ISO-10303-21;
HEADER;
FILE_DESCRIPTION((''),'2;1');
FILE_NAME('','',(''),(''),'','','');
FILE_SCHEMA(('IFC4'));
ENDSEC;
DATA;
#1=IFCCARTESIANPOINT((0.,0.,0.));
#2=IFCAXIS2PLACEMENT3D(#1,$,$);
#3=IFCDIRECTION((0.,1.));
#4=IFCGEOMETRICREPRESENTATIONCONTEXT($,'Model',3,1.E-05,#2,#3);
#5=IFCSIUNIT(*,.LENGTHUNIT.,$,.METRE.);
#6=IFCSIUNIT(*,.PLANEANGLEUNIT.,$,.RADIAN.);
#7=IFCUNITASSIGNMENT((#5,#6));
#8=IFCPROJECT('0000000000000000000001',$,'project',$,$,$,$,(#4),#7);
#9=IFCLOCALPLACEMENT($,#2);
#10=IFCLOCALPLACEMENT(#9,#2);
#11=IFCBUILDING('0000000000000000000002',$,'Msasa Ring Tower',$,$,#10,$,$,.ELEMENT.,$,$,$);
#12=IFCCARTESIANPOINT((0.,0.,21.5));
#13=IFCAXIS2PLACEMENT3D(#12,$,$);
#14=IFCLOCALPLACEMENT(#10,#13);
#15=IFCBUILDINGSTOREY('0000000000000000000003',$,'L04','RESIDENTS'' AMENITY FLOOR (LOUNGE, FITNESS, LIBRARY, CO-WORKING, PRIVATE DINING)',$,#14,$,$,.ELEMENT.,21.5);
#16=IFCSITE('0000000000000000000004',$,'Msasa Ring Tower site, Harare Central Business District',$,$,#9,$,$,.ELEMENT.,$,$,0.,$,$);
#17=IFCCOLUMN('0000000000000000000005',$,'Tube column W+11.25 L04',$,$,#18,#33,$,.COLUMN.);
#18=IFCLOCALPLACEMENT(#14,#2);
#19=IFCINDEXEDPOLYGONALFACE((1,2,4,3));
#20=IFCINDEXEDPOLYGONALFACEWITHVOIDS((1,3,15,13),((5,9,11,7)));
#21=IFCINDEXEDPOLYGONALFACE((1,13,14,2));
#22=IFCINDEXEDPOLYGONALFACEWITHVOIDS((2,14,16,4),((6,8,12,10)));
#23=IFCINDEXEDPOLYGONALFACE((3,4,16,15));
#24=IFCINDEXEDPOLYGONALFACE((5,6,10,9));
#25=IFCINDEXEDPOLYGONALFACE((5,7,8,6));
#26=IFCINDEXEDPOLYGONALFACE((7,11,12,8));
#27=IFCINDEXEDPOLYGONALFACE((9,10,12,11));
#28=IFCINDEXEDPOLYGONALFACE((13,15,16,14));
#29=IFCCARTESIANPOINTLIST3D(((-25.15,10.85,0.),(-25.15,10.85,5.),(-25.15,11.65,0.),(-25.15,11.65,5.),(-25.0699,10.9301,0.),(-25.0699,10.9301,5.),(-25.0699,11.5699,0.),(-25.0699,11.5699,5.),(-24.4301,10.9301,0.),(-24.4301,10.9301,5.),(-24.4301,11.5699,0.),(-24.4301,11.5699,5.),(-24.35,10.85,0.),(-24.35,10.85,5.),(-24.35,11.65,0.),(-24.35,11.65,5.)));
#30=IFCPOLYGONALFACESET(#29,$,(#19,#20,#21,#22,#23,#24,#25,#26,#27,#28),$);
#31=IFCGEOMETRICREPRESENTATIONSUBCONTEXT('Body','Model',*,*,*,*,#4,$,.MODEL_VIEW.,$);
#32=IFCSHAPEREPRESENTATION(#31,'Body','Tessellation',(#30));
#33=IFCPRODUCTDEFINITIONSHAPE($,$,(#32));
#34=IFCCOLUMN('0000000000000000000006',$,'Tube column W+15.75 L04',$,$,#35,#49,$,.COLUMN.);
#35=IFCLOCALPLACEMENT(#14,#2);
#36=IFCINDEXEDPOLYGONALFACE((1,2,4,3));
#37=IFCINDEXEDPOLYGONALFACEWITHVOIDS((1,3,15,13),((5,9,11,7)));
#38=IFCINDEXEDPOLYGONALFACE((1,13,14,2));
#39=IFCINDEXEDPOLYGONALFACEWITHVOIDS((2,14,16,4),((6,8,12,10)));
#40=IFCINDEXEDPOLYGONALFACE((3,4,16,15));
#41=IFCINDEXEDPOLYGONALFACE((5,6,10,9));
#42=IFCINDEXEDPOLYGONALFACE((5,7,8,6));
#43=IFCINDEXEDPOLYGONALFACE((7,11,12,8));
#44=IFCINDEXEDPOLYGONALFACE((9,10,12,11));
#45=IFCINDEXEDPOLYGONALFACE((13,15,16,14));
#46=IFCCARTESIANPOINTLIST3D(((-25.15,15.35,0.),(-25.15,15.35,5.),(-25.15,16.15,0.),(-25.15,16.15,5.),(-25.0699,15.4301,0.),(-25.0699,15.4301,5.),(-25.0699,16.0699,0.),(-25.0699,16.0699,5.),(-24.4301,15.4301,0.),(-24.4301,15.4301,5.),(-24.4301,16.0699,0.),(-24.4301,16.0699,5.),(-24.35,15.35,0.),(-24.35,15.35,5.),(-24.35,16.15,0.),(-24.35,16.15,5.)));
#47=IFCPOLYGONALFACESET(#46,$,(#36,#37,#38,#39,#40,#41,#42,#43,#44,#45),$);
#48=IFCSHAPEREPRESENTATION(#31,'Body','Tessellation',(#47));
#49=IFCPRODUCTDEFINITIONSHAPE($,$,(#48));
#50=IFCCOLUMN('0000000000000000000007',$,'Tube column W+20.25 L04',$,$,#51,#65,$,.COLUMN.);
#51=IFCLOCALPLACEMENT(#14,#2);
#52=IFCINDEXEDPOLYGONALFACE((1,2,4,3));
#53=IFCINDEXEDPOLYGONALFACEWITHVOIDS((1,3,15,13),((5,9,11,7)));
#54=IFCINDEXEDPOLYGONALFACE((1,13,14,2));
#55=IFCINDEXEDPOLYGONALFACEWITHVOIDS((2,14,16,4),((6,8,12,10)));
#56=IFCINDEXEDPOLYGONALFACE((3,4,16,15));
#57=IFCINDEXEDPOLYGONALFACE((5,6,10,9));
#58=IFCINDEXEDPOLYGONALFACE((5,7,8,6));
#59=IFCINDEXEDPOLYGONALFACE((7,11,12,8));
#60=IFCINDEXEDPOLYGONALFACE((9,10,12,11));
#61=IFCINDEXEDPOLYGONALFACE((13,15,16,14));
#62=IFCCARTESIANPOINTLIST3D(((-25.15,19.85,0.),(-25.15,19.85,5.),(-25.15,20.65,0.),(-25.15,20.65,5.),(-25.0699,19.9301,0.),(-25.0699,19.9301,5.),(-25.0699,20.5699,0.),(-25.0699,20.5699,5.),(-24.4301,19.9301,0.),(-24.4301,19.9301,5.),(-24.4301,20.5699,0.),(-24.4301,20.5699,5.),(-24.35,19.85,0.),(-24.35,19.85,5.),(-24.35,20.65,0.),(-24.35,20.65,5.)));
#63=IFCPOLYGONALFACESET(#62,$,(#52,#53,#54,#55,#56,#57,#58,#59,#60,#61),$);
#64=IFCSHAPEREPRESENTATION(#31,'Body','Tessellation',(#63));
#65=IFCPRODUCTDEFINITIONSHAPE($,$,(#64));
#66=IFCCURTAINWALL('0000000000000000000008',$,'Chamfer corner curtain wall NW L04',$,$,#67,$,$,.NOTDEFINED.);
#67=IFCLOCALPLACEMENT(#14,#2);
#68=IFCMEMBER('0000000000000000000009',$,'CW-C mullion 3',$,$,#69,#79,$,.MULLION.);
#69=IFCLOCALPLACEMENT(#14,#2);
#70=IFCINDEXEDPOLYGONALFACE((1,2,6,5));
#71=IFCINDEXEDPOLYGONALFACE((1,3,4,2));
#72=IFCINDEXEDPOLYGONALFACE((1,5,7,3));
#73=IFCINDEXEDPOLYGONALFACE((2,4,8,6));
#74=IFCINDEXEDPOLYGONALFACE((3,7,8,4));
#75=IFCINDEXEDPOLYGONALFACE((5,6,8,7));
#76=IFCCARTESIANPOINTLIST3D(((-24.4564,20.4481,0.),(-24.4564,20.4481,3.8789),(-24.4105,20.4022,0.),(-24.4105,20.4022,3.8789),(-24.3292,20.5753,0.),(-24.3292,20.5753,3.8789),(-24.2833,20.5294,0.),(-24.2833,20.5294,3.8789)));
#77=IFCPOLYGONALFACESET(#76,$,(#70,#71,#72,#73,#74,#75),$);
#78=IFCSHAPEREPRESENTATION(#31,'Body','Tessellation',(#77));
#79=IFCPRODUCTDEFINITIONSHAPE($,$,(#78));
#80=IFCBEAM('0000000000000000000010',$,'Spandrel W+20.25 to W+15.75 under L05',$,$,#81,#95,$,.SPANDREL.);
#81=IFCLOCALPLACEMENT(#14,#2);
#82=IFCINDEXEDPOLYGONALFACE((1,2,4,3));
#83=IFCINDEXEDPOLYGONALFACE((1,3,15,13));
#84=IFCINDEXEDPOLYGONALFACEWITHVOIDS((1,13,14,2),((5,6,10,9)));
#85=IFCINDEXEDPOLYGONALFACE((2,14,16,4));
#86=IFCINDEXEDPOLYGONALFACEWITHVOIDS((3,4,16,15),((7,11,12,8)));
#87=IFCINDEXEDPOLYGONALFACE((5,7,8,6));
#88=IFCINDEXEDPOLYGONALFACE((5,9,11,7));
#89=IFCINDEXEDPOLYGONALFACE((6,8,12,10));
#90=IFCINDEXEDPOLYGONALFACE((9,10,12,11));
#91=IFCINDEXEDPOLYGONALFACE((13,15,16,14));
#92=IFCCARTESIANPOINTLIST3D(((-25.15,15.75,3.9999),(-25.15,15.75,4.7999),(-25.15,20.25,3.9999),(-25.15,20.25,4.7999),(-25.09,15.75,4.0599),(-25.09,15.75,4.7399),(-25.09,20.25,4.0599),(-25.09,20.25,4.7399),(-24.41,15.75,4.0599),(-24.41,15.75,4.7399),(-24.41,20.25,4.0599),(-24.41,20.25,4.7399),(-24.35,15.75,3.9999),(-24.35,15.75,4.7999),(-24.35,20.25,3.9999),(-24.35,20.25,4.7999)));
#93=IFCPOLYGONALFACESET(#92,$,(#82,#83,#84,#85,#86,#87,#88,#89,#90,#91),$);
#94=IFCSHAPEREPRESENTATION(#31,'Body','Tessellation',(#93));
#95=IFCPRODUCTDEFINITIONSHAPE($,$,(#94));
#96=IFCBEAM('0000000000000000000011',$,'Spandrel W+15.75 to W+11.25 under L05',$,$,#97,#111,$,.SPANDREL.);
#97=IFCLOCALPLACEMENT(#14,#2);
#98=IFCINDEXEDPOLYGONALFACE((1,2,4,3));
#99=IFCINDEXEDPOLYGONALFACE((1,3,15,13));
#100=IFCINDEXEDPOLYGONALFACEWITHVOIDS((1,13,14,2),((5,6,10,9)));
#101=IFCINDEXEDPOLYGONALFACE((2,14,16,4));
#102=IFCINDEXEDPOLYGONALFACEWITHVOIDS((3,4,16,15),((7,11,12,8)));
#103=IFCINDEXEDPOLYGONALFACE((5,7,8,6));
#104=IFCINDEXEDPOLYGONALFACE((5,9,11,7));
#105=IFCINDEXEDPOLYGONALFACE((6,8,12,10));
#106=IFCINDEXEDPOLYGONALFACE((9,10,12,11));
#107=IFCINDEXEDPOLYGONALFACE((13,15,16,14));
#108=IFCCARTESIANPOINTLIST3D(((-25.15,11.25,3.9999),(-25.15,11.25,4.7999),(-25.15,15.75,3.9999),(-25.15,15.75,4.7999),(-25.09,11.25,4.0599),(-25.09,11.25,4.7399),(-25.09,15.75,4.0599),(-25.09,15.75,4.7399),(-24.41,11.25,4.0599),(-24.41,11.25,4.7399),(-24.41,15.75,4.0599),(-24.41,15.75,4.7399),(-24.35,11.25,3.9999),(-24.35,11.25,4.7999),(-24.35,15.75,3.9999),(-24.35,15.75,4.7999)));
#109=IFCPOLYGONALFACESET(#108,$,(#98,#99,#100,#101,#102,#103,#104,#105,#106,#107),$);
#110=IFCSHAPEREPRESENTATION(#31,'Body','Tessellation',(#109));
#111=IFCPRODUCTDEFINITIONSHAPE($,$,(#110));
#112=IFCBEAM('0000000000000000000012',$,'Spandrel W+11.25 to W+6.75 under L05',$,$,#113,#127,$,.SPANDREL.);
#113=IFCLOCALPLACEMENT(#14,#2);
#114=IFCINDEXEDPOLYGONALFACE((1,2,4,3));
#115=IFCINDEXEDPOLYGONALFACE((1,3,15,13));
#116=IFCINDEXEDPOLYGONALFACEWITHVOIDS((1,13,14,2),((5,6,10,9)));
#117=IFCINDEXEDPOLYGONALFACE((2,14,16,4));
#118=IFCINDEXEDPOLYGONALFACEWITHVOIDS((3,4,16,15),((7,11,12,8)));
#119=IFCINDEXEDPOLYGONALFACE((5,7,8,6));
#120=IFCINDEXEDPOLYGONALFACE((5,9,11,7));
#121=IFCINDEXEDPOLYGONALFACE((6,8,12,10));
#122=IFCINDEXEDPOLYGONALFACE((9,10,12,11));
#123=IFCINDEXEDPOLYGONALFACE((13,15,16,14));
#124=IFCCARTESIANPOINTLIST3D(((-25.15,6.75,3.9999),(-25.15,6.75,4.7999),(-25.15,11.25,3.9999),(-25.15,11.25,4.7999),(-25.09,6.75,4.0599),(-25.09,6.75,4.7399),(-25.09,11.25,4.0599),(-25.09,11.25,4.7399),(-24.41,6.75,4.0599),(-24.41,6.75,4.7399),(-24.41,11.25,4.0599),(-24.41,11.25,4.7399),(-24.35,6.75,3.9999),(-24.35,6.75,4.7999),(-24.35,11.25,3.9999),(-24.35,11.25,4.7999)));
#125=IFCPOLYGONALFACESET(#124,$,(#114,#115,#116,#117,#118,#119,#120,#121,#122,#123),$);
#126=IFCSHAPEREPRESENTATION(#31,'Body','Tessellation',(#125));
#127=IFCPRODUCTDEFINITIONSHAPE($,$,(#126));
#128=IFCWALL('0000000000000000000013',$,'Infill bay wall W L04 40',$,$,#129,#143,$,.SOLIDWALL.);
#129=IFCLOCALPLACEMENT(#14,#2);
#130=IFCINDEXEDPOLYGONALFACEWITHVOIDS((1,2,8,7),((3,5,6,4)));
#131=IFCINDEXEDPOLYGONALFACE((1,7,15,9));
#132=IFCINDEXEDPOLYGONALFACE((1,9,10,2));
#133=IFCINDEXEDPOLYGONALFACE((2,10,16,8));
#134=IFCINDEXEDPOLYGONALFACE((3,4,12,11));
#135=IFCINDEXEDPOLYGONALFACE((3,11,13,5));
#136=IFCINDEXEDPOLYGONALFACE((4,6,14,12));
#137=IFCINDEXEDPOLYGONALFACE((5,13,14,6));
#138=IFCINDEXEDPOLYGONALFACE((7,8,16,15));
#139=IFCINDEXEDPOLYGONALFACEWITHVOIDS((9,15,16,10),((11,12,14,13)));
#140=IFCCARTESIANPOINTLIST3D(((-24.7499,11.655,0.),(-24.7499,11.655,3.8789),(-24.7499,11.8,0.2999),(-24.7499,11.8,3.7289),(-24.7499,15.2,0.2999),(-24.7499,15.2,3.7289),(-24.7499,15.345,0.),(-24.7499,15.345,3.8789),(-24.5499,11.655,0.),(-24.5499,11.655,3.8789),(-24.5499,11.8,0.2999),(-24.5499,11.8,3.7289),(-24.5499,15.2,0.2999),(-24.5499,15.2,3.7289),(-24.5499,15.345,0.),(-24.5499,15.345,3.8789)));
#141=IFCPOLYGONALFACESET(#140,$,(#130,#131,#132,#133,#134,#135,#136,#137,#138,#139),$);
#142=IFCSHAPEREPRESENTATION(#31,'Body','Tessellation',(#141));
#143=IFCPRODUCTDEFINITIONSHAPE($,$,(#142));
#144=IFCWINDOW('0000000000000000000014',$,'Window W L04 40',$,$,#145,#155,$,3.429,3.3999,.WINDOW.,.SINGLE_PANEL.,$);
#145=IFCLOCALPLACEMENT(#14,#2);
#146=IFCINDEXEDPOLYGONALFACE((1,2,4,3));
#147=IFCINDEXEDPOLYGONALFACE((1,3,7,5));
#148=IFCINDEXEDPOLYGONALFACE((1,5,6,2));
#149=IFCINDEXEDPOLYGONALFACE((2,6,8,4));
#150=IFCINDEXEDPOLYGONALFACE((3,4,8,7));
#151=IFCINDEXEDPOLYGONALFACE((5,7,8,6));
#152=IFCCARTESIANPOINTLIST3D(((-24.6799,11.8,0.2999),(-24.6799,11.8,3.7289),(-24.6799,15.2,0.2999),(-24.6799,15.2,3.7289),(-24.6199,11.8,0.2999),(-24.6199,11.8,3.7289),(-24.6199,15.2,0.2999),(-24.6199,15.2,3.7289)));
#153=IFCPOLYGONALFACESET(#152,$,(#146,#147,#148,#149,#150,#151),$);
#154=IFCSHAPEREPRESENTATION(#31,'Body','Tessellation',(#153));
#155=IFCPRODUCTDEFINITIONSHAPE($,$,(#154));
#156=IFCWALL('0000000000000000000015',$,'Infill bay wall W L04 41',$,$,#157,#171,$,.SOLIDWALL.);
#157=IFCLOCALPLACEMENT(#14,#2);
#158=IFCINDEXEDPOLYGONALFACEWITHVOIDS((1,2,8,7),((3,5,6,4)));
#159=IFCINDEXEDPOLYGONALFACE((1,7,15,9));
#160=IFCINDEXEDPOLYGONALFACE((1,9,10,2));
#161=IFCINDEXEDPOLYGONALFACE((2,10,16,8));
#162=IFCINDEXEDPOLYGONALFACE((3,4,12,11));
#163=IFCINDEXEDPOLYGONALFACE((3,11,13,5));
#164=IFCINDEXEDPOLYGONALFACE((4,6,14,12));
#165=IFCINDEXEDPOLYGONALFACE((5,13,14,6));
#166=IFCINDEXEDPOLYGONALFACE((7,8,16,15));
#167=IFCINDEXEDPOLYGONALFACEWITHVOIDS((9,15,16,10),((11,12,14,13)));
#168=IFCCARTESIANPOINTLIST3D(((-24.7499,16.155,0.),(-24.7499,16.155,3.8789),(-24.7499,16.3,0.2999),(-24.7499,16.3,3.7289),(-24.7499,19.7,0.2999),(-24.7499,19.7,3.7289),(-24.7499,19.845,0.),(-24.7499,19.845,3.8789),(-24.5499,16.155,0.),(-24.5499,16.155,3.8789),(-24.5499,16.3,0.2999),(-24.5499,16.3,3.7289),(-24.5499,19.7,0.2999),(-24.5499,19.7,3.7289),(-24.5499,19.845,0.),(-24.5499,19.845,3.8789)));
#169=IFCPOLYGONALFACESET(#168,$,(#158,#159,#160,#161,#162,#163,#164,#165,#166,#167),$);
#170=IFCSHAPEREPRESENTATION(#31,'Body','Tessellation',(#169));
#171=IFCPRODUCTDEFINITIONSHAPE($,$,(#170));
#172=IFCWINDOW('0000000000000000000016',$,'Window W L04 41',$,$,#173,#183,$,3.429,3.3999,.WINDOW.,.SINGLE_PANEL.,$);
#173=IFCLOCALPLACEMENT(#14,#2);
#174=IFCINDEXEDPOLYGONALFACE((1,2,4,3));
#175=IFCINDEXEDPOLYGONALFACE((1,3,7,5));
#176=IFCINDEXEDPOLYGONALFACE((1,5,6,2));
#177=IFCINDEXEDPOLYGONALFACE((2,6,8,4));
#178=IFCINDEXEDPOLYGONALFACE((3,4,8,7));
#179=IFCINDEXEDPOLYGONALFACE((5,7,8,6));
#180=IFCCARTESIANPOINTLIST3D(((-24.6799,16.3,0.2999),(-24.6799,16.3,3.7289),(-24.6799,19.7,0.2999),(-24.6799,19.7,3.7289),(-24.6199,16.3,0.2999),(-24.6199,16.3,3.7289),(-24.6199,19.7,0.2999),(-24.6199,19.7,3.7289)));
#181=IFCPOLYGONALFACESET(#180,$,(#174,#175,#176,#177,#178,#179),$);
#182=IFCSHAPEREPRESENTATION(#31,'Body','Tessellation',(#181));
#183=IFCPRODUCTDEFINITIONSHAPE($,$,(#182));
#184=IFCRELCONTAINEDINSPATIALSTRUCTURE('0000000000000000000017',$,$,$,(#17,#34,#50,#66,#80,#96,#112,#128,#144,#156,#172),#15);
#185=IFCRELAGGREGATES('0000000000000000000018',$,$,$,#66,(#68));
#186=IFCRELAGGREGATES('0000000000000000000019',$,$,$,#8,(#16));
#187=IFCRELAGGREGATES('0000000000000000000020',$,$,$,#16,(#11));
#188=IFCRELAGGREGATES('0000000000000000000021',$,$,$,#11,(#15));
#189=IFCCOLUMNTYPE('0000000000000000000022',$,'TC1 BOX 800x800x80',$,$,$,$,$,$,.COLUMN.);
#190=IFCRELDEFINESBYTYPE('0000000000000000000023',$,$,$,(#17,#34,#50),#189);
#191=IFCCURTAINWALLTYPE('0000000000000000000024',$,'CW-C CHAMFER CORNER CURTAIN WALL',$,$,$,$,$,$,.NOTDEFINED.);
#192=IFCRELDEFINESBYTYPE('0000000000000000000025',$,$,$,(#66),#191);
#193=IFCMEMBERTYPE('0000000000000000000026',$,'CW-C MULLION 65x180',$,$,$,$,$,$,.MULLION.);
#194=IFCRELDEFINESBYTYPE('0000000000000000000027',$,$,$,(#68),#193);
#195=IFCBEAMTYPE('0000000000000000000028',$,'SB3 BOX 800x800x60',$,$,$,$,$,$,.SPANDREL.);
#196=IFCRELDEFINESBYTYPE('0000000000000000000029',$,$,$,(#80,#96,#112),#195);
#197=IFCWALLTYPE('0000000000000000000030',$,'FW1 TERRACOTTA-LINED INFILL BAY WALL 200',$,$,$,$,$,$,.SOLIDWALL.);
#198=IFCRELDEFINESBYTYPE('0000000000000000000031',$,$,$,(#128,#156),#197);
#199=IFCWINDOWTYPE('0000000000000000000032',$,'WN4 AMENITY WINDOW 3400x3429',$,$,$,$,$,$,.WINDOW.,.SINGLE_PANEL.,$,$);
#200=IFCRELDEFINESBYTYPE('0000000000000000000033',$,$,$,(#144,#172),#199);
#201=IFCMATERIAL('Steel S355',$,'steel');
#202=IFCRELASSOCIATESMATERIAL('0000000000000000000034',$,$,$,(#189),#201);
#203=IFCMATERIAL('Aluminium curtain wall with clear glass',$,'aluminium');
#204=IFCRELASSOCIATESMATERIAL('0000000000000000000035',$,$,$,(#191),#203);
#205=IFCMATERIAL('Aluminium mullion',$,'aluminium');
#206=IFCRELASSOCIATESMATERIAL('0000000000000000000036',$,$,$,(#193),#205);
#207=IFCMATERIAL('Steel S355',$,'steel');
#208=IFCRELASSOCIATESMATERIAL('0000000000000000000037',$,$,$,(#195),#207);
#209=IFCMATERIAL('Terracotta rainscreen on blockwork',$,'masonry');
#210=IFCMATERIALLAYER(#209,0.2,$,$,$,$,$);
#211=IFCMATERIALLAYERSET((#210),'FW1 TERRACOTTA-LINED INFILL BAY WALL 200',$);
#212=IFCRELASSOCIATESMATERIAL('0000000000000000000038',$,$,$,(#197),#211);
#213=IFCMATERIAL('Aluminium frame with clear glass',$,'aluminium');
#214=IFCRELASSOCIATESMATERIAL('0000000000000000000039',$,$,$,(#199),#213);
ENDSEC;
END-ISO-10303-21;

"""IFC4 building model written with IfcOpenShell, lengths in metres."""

from ifc_helpers import new_model, si_unit, direction, frame, frame_2d, origin, origin_2d, place, context, subcontext, project, spatial, rectangle, hollow_rectangle, extrude, material, layer, layer_set, material_profile, profile_set, type_object, element, fill, aggregate, save


model = new_model("IFC4")

# Units and contexts
model_context = context("Model", 3, precision=1e-05, world=origin(), true_north=direction((0.0, 1.0)))
body_context = subcontext(model_context, "Body", "Model", "MODEL_VIEW")
ifc_project = project(units=[si_unit("LENGTHUNIT", "METRE"), si_unit("PLANEANGLEUNIT", "RADIAN")], contexts=[model_context])

# Site, building, storey
site_placement = place(None, origin())
site = spatial("IfcSite", under=ifc_project, at=site_placement, Name="Msasa Ring Tower site, Harare Central Business District", CompositionType="ELEMENT", RefElevation=0.0)
building_placement = place(site_placement, origin())
building = spatial("IfcBuilding", under=site, at=building_placement, Name="Msasa Ring Tower", CompositionType="ELEMENT")
storey_placement = place(building_placement, frame((0.0, 0.0, 21.5)))
storey = spatial("IfcBuildingStorey", under=building, at=storey_placement, Name="L04", Description="RESIDENTS' AMENITY FLOOR (LOUNGE, FITNESS, LIBRARY, CO-WORKING, PRIVATE DINING)", CompositionType="ELEMENT", Elevation=21.5)

# Columns
ifc_material_1 = material(Name="Steel S355", Category="steel")
ifc_material_profile_1 = material_profile(ifc_material_1, hollow_rectangle(XDim=0.8, YDim=0.8, WallThickness=0.0801, at=origin_2d()), Name="BOX 800x800x80")
ifc_profile_set_1 = profile_set([ifc_material_profile_1], Name="Steel S355")
column_type = type_object("IfcColumnType", Name="TC1 BOX 800x800x80", PredefinedType="COLUMN", material=ifc_profile_set_1)
for number, where, z_axis, x_axis, name in (
    (1, (-24.75, 11.25, 0.0), (0.0, 0.0, 1.0), (1.0, 0.0, 0.0), "Tube column W+11.25 L04"),
    (2, (-24.75, 15.75, 0.0), (0.0, 0.0, 1.0), (1.0, 0.0, 0.0), "Tube column W+15.75 L04"),
    (3, (-24.75, 20.25, 0.0), (0.0, 0.0, 1.0), (1.0, 0.0, 0.0), "Tube column W+20.25 L04"),
):
    element("IfcColumn", number, at=place(storey_placement, frame(where, z_axis=z_axis, x_axis=x_axis)), inside=storey, type_object=column_type, Name=name, PredefinedType="COLUMN", context=body_context, shape_type="SweptSolid", body=[
        extrude(hollow_rectangle(XDim=0.8, YDim=0.8, WallThickness=0.0801, at=origin_2d()), origin(), (0.0, 0.0, 1.0), 5.0),
    ])

# Curtain wall, member
ifc_material_2 = material(Name="Aluminium curtain wall with clear glass", Category="aluminium")
curtain_wall_type = type_object("IfcCurtainWallType", Name="CW-C CHAMFER CORNER CURTAIN WALL", PredefinedType="NOTDEFINED", material=ifc_material_2)
curtain_wall_placement = place(storey_placement, origin())
curtain_wall = element("IfcCurtainWall", 4, at=curtain_wall_placement, inside=storey, type_object=curtain_wall_type, Name="Chamfer corner curtain wall NW L04", PredefinedType="NOTDEFINED")
ifc_material_3 = material(Name="Aluminium mullion", Category="aluminium")
ifc_material_profile_2 = material_profile(ifc_material_3, rectangle(XDim=0.0649, YDim=0.1799, at=origin_2d()), Name="AL 65x180")
ifc_profile_set_2 = profile_set([ifc_material_profile_2], Name="Aluminium mullion")
member_type = type_object("IfcMemberType", Name="CW-C MULLION 65x180", PredefinedType="MULLION", material=ifc_profile_set_2)
member_placement = place(storey_placement, frame((-24.3699, 20.4888, 0.0), z_axis=(0.0, 0.0, 1.0), x_axis=(0.707107, -0.707107, 0.0)))
member = element("IfcMember", 5, at=member_placement, type_object=member_type, Name="CW-C mullion 3", PredefinedType="MULLION", context=body_context, shape_type="SweptSolid", body=[
    extrude(rectangle(XDim=0.0649, YDim=0.1799, at=origin_2d()), origin(), (0.0, 0.0, 1.0), 3.8789),
])
aggregate(curtain_wall, [member])

# Beams
ifc_material_4 = material(Name="Steel S355", Category="steel")
ifc_material_profile_3 = material_profile(ifc_material_4, hollow_rectangle(XDim=0.8, YDim=0.8, WallThickness=0.0601, at=origin_2d()), Name="BOX 800x800x60")
ifc_profile_set_3 = profile_set([ifc_material_profile_3], Name="Steel S355")
beam_type = type_object("IfcBeamType", Name="SB3 BOX 800x800x60", PredefinedType="SPANDREL", material=ifc_profile_set_3)
for number, where, z_axis, x_axis, name in (
    (6, (-24.75, 20.25, 4.3999), (0.0, -1.0, 0.0), (1.0, 0.0, 0.0), "Spandrel W+20.25 to W+15.75 under L05"),
    (7, (-24.75, 15.75, 4.3999), (0.0, -1.0, 0.0), (1.0, 0.0, 0.0), "Spandrel W+15.75 to W+11.25 under L05"),
    (8, (-24.75, 11.25, 4.3999), (0.0, -1.0, 0.0), (1.0, 0.0, 0.0), "Spandrel W+11.25 to W+6.75 under L05"),
):
    element("IfcBeam", number, at=place(storey_placement, frame(where, z_axis=z_axis, x_axis=x_axis)), inside=storey, type_object=beam_type, Name=name, PredefinedType="SPANDREL", context=body_context, shape_type="SweptSolid", body=[
        extrude(hollow_rectangle(XDim=0.8, YDim=0.8, WallThickness=0.0601, at=origin_2d()), origin(), (0.0, 0.0, 1.0), 4.5),
    ])

# Walls, openings, windows
ifc_material_5 = material(Name="Terracotta rainscreen on blockwork", Category="masonry")
ifc_layer_1 = layer(ifc_material_5, 0.2)
ifc_layer_set_1 = layer_set([ifc_layer_1], Name="FW1 TERRACOTTA-LINED INFILL BAY WALL 200")
wall_type_1 = type_object("IfcWallType", Name="FW1 TERRACOTTA-LINED INFILL BAY WALL 200", PredefinedType="SOLIDWALL", material=ifc_layer_set_1)
wall_1_placement = place(storey_placement, frame((-24.6499, 11.655, 0.0), z_axis=(0.0, 0.0, 1.0), x_axis=(0.0, 1.0, 0.0)))
wall_1 = element("IfcWall", 9, at=wall_1_placement, inside=storey, type_object=wall_type_1, Name="Infill bay wall W L04 40", PredefinedType="SOLIDWALL", context=body_context, shape_type="SweptSolid", body=[
    extrude(rectangle(XDim=3.6899, YDim=0.2, at=frame_2d((1.845, 0.0))), origin(), (0.0, 0.0, 1.0), 3.8789),
])
opening_1_placement = place(wall_1_placement, frame((0.145, 0.0, 0.3)))
opening_1 = element("IfcOpeningElement", 10, at=opening_1_placement, cuts=wall_1, PredefinedType="OPENING", context=body_context, shape_type="SweptSolid", body=[
    extrude(rectangle(XDim=3.3999, YDim=3.429, at=frame_2d((1.7, 1.7144))), frame((0.0, 0.1099, 0.0), z_axis=(0.0, -1.0, 0.0), x_axis=(1.0, 0.0, 0.0)), (0.0, 0.0, 1.0), 0.22),
])
ifc_material_6 = material(Name="Aluminium frame with clear glass", Category="aluminium")
window_type = type_object("IfcWindowType", Name="WN4 AMENITY WINDOW 3400x3429", PartitioningType="SINGLE_PANEL", PredefinedType="WINDOW", material=ifc_material_6)
window_1_placement = place(opening_1_placement, origin())
window_1 = element("IfcWindow", 11, at=window_1_placement, inside=storey, type_object=window_type, Name="Window W L04 40", OverallHeight=3.429, OverallWidth=3.3999, PartitioningType="SINGLE_PANEL", PredefinedType="WINDOW", context=body_context, shape_type="SweptSolid", body=[
    extrude(rectangle(XDim=3.3999, YDim=3.429, at=frame_2d((1.7, 1.7144))), frame((0.0, 0.03, 0.0), z_axis=(0.0, -1.0, 0.0), x_axis=(1.0, 0.0, 0.0)), (0.0, 0.0, 1.0), 0.0601),
])
fill(opening_1, window_1)
wall_2_placement = place(storey_placement, frame((-24.6499, 16.155, 0.0), z_axis=(0.0, 0.0, 1.0), x_axis=(0.0, 1.0, 0.0)))
wall_2 = element("IfcWall", 12, at=wall_2_placement, inside=storey, type_object=wall_type_1, Name="Infill bay wall W L04 41", PredefinedType="SOLIDWALL", context=body_context, shape_type="SweptSolid", body=[
    extrude(rectangle(XDim=3.6899, YDim=0.2, at=frame_2d((1.845, 0.0))), origin(), (0.0, 0.0, 1.0), 3.8789),
])
opening_2_placement = place(wall_2_placement, frame((0.145, 0.0, 0.3)))
opening_2 = element("IfcOpeningElement", 13, at=opening_2_placement, cuts=wall_2, PredefinedType="OPENING", context=body_context, shape_type="SweptSolid", body=[
    extrude(rectangle(XDim=3.3999, YDim=3.429, at=frame_2d((1.7, 1.7144))), frame((0.0, 0.1099, 0.0), z_axis=(0.0, -1.0, 0.0), x_axis=(1.0, 0.0, 0.0)), (0.0, 0.0, 1.0), 0.22),
])
window_2_placement = place(opening_2_placement, origin())
window_2 = element("IfcWindow", 14, at=window_2_placement, inside=storey, type_object=window_type, Name="Window W L04 41", OverallHeight=3.429, OverallWidth=3.3999, PartitioningType="SINGLE_PANEL", PredefinedType="WINDOW", context=body_context, shape_type="SweptSolid", body=[
    extrude(rectangle(XDim=3.3999, YDim=3.429, at=frame_2d((1.7, 1.7144))), frame((0.0, 0.03, 0.0), z_axis=(0.0, -1.0, 0.0), x_axis=(1.0, 0.0, 0.0)), (0.0, 0.0, 1.0), 0.0601),
])
fill(opening_2, window_2)

save(model, "model.ifc")
